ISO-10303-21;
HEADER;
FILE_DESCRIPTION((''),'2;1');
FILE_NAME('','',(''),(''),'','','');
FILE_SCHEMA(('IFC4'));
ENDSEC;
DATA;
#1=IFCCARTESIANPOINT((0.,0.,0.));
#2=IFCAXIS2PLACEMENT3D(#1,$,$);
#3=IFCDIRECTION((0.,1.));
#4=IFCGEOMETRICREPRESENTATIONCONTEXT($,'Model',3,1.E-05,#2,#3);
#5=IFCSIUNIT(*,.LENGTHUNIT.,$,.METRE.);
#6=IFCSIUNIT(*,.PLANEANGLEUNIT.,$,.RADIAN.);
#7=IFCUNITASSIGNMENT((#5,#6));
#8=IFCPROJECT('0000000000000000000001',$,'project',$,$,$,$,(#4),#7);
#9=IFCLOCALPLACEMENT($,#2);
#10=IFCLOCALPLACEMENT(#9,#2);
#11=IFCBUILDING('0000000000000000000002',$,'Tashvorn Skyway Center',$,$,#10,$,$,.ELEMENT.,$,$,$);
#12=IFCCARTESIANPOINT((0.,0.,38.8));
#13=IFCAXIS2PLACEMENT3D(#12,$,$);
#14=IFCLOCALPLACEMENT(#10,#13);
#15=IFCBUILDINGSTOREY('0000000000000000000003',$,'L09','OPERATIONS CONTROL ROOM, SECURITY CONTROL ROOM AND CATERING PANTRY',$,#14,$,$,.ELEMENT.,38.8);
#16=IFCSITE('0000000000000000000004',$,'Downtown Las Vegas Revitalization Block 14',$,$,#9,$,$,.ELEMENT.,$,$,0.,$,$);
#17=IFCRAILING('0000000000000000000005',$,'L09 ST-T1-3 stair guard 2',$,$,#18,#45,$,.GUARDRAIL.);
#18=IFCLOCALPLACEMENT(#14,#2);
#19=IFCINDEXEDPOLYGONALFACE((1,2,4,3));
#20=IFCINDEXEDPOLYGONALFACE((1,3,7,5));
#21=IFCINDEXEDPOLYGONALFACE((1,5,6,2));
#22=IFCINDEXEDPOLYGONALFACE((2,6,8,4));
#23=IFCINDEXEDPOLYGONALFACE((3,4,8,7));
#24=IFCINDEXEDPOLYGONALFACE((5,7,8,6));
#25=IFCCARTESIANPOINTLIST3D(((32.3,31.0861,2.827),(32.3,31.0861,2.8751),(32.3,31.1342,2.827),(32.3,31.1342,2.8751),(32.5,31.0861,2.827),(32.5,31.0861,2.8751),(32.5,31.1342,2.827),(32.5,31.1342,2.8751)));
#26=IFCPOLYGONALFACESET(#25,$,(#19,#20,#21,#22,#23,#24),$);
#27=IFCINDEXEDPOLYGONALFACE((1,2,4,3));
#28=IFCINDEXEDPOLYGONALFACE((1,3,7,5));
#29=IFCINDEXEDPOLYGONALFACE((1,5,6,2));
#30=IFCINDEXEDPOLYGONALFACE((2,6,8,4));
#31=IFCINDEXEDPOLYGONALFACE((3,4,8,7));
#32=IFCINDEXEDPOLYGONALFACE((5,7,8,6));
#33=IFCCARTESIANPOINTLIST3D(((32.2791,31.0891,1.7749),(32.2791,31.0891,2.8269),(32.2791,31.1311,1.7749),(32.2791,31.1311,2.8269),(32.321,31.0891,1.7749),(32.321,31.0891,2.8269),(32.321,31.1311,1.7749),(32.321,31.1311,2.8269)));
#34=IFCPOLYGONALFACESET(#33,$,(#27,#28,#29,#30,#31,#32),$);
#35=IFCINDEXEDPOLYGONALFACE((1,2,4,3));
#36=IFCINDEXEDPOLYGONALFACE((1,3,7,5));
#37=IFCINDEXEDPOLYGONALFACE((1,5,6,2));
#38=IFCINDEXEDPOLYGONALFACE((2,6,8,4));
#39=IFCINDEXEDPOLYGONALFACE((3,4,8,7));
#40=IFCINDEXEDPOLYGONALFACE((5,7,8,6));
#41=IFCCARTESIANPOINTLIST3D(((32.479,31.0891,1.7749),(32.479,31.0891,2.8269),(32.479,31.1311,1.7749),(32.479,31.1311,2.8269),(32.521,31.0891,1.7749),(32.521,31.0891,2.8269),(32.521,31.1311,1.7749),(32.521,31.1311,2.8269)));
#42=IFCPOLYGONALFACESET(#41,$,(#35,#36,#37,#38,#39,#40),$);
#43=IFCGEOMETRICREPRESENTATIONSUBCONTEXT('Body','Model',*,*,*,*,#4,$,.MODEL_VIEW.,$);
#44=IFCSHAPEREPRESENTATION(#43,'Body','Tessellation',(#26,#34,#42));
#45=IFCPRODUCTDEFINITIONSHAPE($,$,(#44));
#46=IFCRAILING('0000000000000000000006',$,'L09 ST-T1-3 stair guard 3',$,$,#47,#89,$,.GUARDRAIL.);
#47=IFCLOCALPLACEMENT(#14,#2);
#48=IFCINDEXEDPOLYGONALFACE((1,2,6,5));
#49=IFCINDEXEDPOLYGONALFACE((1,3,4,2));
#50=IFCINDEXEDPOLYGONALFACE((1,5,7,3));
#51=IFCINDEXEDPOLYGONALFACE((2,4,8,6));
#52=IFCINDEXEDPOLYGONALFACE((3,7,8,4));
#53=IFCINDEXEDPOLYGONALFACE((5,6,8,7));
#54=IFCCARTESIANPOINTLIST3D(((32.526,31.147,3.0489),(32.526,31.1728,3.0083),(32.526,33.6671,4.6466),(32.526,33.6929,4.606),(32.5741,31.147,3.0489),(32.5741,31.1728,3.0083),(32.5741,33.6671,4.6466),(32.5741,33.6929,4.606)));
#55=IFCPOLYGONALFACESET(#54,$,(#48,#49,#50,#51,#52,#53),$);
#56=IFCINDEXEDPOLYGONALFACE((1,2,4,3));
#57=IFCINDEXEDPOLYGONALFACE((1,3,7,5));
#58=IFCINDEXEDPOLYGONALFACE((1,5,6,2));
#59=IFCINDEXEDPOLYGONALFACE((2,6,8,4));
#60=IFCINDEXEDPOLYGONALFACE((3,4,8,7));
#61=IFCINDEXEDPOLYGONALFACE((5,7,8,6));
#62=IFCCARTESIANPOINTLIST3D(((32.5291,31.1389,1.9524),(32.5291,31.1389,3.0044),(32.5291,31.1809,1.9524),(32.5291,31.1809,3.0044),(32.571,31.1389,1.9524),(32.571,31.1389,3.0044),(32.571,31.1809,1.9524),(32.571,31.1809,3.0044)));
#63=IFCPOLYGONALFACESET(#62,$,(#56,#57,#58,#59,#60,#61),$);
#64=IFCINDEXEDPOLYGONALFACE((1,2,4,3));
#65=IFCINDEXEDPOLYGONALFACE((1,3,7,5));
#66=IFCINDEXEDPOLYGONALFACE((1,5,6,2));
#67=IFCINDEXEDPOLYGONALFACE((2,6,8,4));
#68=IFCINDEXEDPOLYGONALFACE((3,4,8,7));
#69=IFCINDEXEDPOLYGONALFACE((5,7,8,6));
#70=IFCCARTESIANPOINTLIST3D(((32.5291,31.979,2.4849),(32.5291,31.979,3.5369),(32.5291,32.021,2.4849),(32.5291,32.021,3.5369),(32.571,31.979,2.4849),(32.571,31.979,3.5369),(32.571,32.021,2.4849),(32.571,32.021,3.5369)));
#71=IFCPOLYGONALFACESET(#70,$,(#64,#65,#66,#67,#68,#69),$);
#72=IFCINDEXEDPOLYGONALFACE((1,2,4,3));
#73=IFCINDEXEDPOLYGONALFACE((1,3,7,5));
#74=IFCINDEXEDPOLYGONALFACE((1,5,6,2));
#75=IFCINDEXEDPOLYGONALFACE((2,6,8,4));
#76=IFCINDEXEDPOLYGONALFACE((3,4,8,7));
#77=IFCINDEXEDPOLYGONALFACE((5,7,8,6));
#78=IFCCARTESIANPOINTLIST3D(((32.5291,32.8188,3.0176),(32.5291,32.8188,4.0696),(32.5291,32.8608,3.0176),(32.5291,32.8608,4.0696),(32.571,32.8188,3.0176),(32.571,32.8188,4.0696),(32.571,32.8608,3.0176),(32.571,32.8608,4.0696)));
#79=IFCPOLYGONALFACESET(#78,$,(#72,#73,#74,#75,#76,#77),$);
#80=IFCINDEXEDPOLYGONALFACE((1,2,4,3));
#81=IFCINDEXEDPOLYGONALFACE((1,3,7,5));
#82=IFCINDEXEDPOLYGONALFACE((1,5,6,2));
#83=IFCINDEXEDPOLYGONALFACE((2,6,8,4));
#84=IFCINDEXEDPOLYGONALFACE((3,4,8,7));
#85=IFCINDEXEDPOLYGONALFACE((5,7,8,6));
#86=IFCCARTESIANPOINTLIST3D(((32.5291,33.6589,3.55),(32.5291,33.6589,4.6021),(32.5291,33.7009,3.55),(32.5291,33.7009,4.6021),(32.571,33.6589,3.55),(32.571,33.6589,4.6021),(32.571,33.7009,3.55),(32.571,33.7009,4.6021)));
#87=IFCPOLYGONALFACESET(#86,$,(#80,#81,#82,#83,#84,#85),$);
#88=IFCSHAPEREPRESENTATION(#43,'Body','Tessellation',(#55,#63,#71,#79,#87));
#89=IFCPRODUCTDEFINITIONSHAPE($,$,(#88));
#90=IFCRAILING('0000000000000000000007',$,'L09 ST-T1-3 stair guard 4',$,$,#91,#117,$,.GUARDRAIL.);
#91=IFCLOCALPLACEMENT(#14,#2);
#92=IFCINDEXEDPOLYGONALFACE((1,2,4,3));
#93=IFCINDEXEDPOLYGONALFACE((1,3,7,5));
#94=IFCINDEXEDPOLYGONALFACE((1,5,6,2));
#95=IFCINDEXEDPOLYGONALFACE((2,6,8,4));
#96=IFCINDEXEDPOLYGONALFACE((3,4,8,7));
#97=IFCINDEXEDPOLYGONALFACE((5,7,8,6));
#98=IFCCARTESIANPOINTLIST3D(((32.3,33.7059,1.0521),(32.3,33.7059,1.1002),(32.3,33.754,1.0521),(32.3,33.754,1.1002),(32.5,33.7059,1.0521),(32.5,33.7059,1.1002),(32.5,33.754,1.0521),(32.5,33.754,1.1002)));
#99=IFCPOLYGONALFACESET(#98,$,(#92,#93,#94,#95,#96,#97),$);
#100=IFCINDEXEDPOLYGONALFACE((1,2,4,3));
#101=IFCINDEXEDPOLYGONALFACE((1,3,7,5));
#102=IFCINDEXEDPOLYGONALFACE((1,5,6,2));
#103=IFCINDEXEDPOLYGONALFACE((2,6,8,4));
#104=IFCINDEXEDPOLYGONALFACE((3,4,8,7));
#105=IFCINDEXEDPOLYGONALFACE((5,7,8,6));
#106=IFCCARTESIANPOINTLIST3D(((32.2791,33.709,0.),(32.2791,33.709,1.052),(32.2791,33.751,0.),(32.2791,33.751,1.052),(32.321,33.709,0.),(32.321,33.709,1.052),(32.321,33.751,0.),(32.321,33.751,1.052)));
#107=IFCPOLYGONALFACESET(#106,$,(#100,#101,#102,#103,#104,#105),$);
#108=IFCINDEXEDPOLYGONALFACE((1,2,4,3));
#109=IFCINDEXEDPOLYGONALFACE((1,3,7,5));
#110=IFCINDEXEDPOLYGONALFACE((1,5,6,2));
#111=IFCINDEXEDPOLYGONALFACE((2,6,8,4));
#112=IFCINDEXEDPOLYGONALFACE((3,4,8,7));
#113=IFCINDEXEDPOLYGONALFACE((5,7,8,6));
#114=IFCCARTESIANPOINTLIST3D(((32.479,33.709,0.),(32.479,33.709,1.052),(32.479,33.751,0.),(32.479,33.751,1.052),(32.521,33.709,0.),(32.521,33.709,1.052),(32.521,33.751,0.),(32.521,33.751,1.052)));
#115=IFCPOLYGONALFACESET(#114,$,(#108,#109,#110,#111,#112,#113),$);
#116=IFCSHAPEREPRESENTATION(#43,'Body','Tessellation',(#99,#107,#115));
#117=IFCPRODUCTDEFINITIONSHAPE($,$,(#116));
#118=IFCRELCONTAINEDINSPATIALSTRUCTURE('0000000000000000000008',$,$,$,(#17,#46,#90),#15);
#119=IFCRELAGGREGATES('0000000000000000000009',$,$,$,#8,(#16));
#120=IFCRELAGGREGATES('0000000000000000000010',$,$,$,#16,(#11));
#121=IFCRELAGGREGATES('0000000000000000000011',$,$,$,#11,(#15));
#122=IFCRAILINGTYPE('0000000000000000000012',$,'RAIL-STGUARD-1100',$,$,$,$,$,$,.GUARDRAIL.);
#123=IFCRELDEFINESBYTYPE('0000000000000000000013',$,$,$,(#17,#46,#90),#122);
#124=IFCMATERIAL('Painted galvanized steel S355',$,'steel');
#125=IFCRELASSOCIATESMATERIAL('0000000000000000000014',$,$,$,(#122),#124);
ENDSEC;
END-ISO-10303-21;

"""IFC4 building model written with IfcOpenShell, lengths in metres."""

from ifc_helpers import new_model, si_unit, direction, frame, origin, origin_2d, place, context, subcontext, project, spatial, rectangle, extrude, material, type_object, element, save


model = new_model("IFC4")

# Units and contexts
model_context = context("Model", 3, precision=1e-05, world=origin(), true_north=direction((0.0, 1.0)))
body_context = subcontext(model_context, "Body", "Model", "MODEL_VIEW")
ifc_project = project(units=[si_unit("LENGTHUNIT", "METRE"), si_unit("PLANEANGLEUNIT", "RADIAN")], contexts=[model_context])

# Site, building, storey
site_placement = place(None, origin())
site = spatial("IfcSite", under=ifc_project, at=site_placement, Name="Downtown Las Vegas Revitalization Block 14", CompositionType="ELEMENT", RefElevation=0.0)
building_placement = place(site_placement, origin())
building = spatial("IfcBuilding", under=site, at=building_placement, Name="Tashvorn Skyway Center", CompositionType="ELEMENT")
storey_placement = place(building_placement, frame((0.0, 0.0, 38.8)))
storey = spatial("IfcBuildingStorey", under=building, at=storey_placement, Name="L09", Description="OPERATIONS CONTROL ROOM, SECURITY CONTROL ROOM AND CATERING PANTRY", CompositionType="ELEMENT", Elevation=38.8)

# Railings
ifc_material_1 = material(Name="Painted galvanized steel S355", Category="steel")
railing_type_1 = type_object("IfcRailingType", Name="RAIL-STGUARD-1100", PredefinedType="GUARDRAIL", material=ifc_material_1)
railing_1_placement = place(storey_placement, frame((32.3, 31.1101, 1.7749)))
element("IfcRailing", 1, at=railing_1_placement, inside=storey, type_object=railing_type_1, Name="L09 ST-T1-3 stair guard 2", PredefinedType="GUARDRAIL", context=body_context, shape_type="SweptSolid", body=[
    extrude(rectangle(XDim=0.0481, YDim=0.0481, at=origin_2d()), frame((0.0, 0.0, 1.0762), z_axis=(1.0, 0.0, 0.0), x_axis=(0.0, 1.0, 0.0)), (0.0, 0.0, 1.0), 0.2),
    extrude(rectangle(XDim=0.042, YDim=0.042, at=origin_2d()), origin(), (0.0, 0.0, 1.0), 1.052),
    extrude(rectangle(XDim=0.042, YDim=0.042, at=origin_2d()), frame((0.2, 0.0, 0.0)), (0.0, 0.0, 1.0), 1.052),
])
railing_2_placement = place(storey_placement, frame((32.55, 31.1599, 1.9524)))
element("IfcRailing", 2, at=railing_2_placement, inside=storey, type_object=railing_type_1, Name="L09 ST-T1-3 stair guard 3", PredefinedType="GUARDRAIL", context=body_context, shape_type="SweptSolid", body=[
    extrude(rectangle(XDim=0.0481, YDim=0.0481, at=origin_2d()), frame((0.0, 0.0, 1.0762), z_axis=(0.0, 0.84457, 0.535445), x_axis=(-1.0, 0.0, 0.0)), (0.0, 0.0, 1.0), 2.9839),
    extrude(rectangle(XDim=0.042, YDim=0.042, at=origin_2d()), origin(), (0.0, 0.0, 1.0), 1.052),
    extrude(rectangle(XDim=0.042, YDim=0.042, at=origin_2d()), frame((0.0, 0.8401, 0.5325)), (0.0, 0.0, 1.0), 1.052),
    extrude(rectangle(XDim=0.042, YDim=0.042, at=origin_2d()), frame((0.0, 1.6799, 1.0652)), (0.0, 0.0, 1.0), 1.052),
    extrude(rectangle(XDim=0.042, YDim=0.042, at=origin_2d()), frame((0.0, 2.52, 1.5977)), (0.0, 0.0, 1.0), 1.052),
])
railing_3_placement = place(storey_placement, frame((32.3, 33.73, 0.0)))
element("IfcRailing", 3, at=railing_3_placement, inside=storey, type_object=railing_type_1, Name="L09 ST-T1-3 stair guard 4", PredefinedType="GUARDRAIL", context=body_context, shape_type="SweptSolid", body=[
    extrude(rectangle(XDim=0.0481, YDim=0.0481, at=origin_2d()), frame((0.0, 0.0, 1.0762), z_axis=(1.0, 0.0, 0.0), x_axis=(0.0, 1.0, 0.0)), (0.0, 0.0, 1.0), 0.2),
    extrude(rectangle(XDim=0.042, YDim=0.042, at=origin_2d()), origin(), (0.0, 0.0, 1.0), 1.052),
    extrude(rectangle(XDim=0.042, YDim=0.042, at=origin_2d()), frame((0.2, 0.0, 0.0)), (0.0, 0.0, 1.0), 1.052),
])

save(model, "model.ifc")
